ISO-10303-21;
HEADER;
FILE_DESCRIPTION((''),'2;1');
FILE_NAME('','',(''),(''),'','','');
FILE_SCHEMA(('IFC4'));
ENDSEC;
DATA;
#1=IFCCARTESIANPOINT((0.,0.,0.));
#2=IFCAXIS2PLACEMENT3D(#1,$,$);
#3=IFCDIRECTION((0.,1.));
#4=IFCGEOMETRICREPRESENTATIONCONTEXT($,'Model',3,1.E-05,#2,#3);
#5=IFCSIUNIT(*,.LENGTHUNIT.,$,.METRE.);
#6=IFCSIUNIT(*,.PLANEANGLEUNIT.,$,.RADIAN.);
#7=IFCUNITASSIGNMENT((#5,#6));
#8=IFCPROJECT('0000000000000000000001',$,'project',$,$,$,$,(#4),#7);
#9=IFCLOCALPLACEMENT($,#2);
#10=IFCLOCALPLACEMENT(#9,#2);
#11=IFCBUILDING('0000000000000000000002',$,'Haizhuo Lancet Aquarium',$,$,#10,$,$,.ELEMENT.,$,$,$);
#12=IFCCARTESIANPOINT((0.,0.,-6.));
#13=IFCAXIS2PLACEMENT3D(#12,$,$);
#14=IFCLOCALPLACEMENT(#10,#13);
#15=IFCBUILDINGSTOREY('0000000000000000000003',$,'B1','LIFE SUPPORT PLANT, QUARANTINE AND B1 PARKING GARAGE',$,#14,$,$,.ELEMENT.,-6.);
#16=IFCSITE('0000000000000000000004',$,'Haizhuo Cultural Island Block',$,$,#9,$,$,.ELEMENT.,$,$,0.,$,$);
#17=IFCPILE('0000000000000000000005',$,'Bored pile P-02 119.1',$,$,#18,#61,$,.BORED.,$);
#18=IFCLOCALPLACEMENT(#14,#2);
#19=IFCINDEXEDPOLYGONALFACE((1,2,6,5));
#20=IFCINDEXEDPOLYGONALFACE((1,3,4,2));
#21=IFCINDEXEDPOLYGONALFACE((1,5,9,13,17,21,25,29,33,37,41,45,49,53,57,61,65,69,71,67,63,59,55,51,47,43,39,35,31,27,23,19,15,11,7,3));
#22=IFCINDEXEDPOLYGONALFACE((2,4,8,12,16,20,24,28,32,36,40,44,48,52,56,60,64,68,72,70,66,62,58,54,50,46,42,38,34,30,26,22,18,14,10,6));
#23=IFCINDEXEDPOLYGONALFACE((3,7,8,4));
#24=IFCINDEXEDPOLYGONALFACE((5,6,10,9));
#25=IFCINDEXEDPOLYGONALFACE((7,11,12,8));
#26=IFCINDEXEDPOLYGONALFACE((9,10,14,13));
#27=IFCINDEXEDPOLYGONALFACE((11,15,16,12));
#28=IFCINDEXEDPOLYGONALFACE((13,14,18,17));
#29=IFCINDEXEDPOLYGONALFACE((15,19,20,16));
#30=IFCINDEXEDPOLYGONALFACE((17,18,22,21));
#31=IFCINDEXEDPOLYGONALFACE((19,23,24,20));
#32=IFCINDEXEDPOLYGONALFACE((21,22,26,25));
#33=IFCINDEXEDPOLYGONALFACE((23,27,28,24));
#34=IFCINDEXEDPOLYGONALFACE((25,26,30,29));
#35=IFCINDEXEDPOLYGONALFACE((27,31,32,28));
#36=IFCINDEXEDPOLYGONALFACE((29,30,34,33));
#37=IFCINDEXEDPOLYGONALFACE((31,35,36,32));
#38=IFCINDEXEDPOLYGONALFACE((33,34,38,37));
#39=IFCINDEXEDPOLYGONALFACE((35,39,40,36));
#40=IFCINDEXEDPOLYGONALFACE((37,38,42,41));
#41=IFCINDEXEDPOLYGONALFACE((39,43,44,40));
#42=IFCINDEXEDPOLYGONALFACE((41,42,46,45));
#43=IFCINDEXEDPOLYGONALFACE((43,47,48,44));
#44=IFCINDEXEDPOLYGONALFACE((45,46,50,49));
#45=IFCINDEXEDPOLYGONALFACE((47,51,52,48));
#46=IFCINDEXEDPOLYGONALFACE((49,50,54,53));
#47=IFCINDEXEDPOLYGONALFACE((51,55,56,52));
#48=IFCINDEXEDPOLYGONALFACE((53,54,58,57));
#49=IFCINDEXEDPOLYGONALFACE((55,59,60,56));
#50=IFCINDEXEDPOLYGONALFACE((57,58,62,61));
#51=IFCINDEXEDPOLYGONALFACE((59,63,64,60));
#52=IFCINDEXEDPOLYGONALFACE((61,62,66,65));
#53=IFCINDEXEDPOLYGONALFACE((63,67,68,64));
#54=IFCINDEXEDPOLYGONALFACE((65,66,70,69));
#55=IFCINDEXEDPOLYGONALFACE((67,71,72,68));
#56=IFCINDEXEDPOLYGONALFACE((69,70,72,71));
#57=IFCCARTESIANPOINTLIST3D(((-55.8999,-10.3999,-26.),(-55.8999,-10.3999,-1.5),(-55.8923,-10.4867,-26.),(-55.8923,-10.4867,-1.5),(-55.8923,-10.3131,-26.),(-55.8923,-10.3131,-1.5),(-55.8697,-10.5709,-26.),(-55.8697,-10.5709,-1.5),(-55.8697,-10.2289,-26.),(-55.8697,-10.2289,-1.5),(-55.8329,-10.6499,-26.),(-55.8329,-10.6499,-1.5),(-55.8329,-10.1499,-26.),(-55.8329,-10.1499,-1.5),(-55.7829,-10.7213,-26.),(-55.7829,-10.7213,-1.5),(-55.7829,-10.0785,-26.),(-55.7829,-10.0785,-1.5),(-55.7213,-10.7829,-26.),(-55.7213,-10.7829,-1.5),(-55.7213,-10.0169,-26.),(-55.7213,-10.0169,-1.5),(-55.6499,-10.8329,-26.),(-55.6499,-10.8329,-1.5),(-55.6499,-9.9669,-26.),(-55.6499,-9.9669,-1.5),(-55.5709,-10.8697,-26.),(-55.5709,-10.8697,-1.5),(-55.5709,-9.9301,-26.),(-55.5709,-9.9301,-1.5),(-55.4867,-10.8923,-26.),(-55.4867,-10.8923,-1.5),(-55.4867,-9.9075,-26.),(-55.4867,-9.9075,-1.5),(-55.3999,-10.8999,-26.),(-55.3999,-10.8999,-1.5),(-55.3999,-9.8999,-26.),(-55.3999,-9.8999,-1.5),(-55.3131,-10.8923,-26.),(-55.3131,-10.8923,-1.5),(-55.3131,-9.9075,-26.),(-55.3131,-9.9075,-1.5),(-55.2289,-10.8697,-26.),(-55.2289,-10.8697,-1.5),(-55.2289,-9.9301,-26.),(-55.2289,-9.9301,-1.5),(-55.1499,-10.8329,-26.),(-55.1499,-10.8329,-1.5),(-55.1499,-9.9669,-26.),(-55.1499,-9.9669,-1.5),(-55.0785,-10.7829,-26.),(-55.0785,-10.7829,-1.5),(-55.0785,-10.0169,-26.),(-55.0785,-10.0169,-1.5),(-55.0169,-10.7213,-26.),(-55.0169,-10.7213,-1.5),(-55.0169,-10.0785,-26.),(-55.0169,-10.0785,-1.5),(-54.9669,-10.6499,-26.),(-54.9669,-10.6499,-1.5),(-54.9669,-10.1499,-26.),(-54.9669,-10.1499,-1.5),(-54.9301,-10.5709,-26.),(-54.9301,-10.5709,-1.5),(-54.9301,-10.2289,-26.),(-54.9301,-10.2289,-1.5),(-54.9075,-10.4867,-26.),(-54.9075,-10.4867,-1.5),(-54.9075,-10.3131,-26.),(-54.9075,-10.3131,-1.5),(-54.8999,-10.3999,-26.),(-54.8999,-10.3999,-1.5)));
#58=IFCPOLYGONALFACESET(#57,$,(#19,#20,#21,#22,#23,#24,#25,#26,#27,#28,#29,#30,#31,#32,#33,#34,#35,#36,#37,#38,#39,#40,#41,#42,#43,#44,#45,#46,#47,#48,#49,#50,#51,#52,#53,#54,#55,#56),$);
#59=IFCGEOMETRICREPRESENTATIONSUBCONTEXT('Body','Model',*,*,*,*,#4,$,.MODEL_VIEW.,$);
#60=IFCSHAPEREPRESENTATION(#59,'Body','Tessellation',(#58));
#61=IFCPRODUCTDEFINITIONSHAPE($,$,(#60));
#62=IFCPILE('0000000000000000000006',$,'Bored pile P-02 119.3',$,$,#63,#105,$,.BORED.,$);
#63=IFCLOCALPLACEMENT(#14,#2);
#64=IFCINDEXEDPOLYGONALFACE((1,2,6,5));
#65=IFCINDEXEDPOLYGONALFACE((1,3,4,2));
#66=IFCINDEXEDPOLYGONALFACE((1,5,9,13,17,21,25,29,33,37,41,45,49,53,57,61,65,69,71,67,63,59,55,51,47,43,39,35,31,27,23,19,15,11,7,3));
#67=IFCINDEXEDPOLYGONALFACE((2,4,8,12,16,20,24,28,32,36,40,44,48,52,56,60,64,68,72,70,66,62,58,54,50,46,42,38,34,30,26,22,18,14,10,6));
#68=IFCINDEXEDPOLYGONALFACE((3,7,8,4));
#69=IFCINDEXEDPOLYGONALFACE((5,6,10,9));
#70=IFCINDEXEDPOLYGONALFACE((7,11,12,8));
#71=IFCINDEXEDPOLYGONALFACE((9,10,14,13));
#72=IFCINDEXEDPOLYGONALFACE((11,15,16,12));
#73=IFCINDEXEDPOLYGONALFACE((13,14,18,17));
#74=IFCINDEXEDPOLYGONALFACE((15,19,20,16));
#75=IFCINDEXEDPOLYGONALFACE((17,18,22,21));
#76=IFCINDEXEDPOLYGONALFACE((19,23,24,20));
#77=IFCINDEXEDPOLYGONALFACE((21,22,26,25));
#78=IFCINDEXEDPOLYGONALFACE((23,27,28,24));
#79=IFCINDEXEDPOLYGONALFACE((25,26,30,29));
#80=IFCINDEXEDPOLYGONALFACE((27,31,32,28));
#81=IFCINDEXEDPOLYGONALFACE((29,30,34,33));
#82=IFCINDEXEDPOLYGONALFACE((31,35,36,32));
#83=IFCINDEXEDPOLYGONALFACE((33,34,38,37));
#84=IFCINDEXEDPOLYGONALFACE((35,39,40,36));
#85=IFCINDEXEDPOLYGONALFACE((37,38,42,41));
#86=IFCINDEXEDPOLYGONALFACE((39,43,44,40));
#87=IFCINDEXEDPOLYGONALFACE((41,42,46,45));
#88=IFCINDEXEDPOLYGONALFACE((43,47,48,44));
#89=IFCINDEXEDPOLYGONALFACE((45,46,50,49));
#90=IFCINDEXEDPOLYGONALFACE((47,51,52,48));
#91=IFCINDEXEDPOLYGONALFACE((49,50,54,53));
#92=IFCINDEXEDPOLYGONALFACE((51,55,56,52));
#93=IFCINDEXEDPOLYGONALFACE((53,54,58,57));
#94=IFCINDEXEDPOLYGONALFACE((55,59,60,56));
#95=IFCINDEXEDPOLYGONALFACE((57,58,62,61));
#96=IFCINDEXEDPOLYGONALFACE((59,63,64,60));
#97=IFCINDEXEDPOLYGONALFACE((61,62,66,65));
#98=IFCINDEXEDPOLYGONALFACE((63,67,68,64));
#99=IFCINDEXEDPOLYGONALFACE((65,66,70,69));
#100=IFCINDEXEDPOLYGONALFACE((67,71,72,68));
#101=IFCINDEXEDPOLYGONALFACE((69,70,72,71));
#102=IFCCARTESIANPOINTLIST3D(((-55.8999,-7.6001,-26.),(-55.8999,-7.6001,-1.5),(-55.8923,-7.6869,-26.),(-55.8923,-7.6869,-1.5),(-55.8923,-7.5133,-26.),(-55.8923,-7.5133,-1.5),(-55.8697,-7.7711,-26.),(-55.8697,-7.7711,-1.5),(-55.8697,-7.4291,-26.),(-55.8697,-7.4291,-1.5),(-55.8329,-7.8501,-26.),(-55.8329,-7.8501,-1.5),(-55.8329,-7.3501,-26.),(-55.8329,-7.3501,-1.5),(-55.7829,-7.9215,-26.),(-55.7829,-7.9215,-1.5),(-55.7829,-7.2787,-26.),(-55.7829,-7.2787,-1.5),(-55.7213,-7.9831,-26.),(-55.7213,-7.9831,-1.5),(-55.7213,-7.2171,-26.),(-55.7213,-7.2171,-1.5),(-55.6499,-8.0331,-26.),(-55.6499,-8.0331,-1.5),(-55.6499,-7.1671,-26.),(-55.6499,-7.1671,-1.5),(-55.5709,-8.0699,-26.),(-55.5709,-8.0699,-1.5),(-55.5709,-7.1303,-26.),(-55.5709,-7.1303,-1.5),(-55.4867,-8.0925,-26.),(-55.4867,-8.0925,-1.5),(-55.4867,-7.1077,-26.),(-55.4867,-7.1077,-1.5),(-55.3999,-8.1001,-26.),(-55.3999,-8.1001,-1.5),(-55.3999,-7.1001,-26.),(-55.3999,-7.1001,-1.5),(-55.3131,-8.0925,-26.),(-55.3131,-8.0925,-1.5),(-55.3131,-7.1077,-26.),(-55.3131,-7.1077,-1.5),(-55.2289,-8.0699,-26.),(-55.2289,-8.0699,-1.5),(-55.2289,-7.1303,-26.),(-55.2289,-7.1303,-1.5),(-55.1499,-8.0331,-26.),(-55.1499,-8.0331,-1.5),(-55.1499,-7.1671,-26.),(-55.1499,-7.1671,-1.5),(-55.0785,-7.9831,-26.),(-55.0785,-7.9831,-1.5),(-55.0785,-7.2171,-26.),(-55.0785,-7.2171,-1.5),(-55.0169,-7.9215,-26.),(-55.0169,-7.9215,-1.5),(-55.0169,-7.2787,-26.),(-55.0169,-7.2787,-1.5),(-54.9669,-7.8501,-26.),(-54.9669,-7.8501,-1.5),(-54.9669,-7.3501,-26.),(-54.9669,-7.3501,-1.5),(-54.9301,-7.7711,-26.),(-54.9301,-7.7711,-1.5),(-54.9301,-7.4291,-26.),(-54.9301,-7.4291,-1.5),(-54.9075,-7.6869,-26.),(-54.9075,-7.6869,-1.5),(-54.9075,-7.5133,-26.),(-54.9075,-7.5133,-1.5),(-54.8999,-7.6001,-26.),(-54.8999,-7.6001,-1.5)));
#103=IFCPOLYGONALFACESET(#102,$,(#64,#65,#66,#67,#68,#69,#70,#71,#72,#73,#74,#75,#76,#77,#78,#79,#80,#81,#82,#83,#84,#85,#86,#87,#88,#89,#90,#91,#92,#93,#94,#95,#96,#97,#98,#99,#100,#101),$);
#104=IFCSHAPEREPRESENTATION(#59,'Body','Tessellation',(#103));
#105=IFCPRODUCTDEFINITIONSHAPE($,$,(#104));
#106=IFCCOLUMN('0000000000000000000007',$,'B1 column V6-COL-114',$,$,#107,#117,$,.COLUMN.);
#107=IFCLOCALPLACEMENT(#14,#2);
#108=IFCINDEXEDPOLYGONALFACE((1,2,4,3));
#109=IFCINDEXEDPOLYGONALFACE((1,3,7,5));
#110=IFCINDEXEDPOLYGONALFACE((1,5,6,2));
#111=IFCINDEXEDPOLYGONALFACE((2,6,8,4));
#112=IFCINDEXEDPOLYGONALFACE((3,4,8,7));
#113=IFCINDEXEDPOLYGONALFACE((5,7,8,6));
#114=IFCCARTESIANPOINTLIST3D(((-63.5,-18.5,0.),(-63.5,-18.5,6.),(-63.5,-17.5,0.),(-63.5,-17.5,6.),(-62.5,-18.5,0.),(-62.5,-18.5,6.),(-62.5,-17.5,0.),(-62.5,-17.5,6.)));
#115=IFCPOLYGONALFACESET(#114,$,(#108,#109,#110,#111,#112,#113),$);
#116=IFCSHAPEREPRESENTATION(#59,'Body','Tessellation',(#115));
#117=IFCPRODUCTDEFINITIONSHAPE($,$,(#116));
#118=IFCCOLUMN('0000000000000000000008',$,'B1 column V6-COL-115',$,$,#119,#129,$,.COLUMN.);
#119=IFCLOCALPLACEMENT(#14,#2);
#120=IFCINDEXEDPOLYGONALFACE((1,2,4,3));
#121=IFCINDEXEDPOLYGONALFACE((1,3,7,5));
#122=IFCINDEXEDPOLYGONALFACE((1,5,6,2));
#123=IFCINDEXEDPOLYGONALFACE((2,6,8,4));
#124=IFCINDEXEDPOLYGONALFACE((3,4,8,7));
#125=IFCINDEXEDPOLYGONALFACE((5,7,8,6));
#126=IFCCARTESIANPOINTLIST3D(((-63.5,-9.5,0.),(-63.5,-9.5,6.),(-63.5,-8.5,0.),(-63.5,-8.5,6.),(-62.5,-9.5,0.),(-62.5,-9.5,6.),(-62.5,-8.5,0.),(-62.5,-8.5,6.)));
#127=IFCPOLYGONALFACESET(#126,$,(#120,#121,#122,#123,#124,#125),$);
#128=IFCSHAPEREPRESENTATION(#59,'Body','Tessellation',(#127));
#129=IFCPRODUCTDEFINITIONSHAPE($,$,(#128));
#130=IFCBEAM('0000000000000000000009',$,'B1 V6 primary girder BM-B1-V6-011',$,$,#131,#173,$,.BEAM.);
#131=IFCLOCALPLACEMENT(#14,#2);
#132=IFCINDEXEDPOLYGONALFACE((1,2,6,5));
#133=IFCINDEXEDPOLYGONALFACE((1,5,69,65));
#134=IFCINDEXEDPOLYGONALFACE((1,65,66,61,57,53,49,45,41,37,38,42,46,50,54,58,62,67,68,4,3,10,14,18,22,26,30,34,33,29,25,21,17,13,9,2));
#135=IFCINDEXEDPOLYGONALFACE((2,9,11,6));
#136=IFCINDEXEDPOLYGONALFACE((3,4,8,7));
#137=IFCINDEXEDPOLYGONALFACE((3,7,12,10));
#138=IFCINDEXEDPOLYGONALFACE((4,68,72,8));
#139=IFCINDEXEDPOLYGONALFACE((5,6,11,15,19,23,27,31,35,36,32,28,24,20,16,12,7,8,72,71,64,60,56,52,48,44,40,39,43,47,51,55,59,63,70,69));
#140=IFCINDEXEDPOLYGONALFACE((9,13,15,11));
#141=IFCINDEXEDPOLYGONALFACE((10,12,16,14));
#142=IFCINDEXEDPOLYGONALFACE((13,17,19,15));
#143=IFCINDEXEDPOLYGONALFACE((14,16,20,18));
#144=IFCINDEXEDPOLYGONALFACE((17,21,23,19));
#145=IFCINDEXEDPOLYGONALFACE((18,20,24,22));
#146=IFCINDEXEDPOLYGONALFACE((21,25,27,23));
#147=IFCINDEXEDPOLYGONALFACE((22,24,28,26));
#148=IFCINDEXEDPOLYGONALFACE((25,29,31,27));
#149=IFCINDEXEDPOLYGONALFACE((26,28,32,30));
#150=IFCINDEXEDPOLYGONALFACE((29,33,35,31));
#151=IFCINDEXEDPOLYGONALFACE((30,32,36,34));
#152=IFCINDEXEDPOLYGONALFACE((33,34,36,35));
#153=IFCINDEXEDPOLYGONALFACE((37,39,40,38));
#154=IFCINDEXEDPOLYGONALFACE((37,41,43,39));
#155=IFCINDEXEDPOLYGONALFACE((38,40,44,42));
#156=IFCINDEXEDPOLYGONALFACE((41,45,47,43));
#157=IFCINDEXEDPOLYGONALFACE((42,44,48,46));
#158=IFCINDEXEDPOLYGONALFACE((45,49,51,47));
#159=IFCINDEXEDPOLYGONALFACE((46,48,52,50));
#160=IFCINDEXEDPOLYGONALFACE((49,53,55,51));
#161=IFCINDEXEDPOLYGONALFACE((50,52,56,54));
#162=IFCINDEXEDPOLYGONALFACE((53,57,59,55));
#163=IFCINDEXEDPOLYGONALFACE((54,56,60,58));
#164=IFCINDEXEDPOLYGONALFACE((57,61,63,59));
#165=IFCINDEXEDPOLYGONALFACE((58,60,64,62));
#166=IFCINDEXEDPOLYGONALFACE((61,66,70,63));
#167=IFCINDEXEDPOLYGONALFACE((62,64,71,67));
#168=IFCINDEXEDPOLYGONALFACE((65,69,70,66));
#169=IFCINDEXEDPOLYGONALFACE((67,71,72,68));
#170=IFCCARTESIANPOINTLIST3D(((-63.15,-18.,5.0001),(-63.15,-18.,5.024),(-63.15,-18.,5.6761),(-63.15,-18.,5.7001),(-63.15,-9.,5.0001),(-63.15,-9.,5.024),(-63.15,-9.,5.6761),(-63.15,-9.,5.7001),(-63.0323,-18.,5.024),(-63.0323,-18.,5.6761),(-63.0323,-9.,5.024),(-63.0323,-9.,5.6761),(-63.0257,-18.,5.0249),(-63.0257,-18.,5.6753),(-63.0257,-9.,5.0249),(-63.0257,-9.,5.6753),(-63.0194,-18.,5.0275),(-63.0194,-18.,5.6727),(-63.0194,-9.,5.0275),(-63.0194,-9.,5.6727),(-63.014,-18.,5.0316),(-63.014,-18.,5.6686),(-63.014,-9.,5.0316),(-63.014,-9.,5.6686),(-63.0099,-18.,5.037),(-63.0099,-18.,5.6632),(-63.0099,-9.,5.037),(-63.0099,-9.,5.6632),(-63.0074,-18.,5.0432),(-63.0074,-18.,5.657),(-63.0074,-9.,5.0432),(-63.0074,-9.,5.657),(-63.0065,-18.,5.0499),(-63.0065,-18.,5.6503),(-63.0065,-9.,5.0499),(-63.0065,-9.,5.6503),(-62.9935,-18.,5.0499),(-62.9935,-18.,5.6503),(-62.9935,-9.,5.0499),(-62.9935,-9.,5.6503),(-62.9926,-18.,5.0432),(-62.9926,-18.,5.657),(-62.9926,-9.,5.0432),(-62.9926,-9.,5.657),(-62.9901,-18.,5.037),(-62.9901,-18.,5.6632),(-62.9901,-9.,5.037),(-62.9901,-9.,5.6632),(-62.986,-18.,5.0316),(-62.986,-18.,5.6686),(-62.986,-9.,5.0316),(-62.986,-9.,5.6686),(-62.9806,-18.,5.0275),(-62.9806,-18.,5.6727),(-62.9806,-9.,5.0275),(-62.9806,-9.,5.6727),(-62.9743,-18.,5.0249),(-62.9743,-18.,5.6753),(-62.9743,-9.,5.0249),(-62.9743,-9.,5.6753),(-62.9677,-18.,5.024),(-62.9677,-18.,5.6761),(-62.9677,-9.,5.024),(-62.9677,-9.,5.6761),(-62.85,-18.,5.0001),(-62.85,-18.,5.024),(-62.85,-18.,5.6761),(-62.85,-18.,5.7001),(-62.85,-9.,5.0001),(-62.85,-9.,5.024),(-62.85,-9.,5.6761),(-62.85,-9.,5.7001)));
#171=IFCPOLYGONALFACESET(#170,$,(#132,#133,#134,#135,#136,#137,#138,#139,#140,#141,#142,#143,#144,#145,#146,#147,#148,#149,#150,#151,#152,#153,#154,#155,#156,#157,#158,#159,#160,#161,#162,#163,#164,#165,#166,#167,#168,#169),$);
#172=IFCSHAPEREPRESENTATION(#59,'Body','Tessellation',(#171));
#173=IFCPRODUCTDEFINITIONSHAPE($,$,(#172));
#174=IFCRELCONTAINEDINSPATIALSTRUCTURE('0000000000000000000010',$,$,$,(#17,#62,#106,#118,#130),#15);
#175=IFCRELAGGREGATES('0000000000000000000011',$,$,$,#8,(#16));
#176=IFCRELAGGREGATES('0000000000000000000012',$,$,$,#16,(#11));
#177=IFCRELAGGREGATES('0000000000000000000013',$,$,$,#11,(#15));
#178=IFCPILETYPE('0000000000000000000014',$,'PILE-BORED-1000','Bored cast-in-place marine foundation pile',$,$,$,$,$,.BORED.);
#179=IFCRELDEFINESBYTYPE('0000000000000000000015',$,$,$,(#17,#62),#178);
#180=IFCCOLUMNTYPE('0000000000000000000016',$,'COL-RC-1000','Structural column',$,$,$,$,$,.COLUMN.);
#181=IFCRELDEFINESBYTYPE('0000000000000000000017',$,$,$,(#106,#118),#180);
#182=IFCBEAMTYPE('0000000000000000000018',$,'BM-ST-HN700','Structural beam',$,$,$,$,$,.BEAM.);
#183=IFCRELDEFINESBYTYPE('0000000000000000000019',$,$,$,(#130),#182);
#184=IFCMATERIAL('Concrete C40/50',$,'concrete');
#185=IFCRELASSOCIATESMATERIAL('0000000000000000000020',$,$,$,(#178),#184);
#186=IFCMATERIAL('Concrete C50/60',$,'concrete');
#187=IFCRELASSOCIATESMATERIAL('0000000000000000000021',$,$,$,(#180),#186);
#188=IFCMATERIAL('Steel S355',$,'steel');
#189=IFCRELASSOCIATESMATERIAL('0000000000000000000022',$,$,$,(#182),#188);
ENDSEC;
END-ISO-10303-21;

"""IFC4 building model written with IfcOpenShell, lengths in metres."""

from ifc_helpers import new_model, si_unit, direction, frame, origin, origin_2d, place, context, subcontext, project, spatial, rectangle, circle, i_section, extrude, material, material_profile, profile_set, type_object, element, save


model = new_model("IFC4")

# Units and contexts
model_context = context("Model", 3, precision=1e-05, world=origin(), true_north=direction((0.0, 1.0)))
body_context = subcontext(model_context, "Body", "Model", "MODEL_VIEW")
ifc_project = project(units=[si_unit("LENGTHUNIT", "METRE"), si_unit("PLANEANGLEUNIT", "RADIAN")], contexts=[model_context])

# Site, building, storey
site_placement = place(None, origin())
site = spatial("IfcSite", under=ifc_project, at=site_placement, Name="Haizhuo Cultural Island Block", CompositionType="ELEMENT", RefElevation=0.0)
building_placement = place(site_placement, origin())
building = spatial("IfcBuilding", under=site, at=building_placement, Name="Haizhuo Lancet Aquarium", CompositionType="ELEMENT")
storey_placement = place(building_placement, frame((0.0, 0.0, -6.0)))
storey = spatial("IfcBuildingStorey", under=building, at=storey_placement, Name="B1", Description="LIFE SUPPORT PLANT, QUARANTINE AND B1 PARKING GARAGE", CompositionType="ELEMENT", Elevation=-6.0)

# Shared definitions
ifc_material_1 = material(Name="Concrete C40/50", Category="concrete")

# Piles
ifc_material_profile_1 = material_profile(ifc_material_1, circle(Radius=0.5, at=origin_2d()), Name="PILE-1000")
ifc_profile_set_1 = profile_set([ifc_material_profile_1], Name="Concrete C40/50")
pile_type = type_object("IfcPileType", Name="PILE-BORED-1000", Description="Bored cast-in-place marine foundation pile", PredefinedType="BORED", material=ifc_profile_set_1)
for number, where, z_axis, x_axis, name in (
    (1, (-55.3999, -10.3999, -1.5), (0.0, 0.0, -1.0), (1.0, 0.0, 0.0), "Bored pile P-02 119.1"),
    (2, (-55.3999, -7.6001, -1.5), (0.0, 0.0, -1.0), (1.0, 0.0, 0.0), "Bored pile P-02 119.3"),
):
    element("IfcPile", number, at=place(storey_placement, frame(where, z_axis=z_axis, x_axis=x_axis)), inside=storey, type_object=pile_type, Name=name, PredefinedType="BORED", context=body_context, shape_type="SweptSolid", body=[
        extrude(circle(Radius=0.5, at=origin_2d()), origin(), (0.0, 0.0, 1.0), 24.5),
    ])

# Columns
ifc_material_2 = material(Name="Concrete C50/60", Category="concrete")
ifc_material_profile_2 = material_profile(ifc_material_2, rectangle(XDim=1.0, YDim=1.0, at=origin_2d()), Name="RC-COL 1000x1000")
ifc_profile_set_2 = profile_set([ifc_material_profile_2], Name="Concrete C50/60")
column_type = type_object("IfcColumnType", Name="COL-RC-1000", Description="Structural column", PredefinedType="COLUMN", material=ifc_profile_set_2)
for number, where, z_axis, x_axis, name in (
    (3, (-63.0, -18.0, 0.0), (0.0, 0.0, 1.0), (1.0, 0.0, 0.0), "B1 column V6-COL-114"),
    (4, (-63.0, -9.0, 0.0), (0.0, 0.0, 1.0), (1.0, 0.0, 0.0), "B1 column V6-COL-115"),
):
    element("IfcColumn", number, at=place(storey_placement, frame(where, z_axis=z_axis, x_axis=x_axis)), inside=storey, type_object=column_type, Name=name, PredefinedType="COLUMN", context=body_context, shape_type="SweptSolid", body=[
        extrude(rectangle(XDim=1.0, YDim=1.0, at=origin_2d()), origin(), (0.0, 0.0, 1.0), 6.0),
    ])

# Beam
ifc_material_3 = material(Name="Steel S355", Category="steel")
ifc_material_profile_3 = material_profile(ifc_material_3, i_section(OverallWidth=0.3, OverallDepth=0.7, WebThickness=0.0129, FlangeThickness=0.0239, FilletRadius=0.0259, at=origin_2d()), Name="HN 700x300x13x24")
ifc_profile_set_3 = profile_set([ifc_material_profile_3], Name="Steel S355")
beam_type_1 = type_object("IfcBeamType", Name="BM-ST-HN700", Description="Structural beam", PredefinedType="BEAM", material=ifc_profile_set_3)
for number, where, z_axis, x_axis, name in (
    (5, (-63.0, -18.0, 5.3501), (0.0, 1.0, 0.0), (-1.0, 0.0, 0.0), "B1 V6 primary girder BM-B1-V6-011"),
):
    element("IfcBeam", number, at=place(storey_placement, frame(where, z_axis=z_axis, x_axis=x_axis)), inside=storey, type_object=beam_type_1, Name=name, PredefinedType="BEAM", context=body_context, shape_type="SweptSolid", body=[
        extrude(i_section(OverallWidth=0.3, OverallDepth=0.7, WebThickness=0.0129, FlangeThickness=0.0239, FilletRadius=0.0259, at=origin_2d()), origin(), (0.0, 0.0, 1.0), 9.0),
    ])

save(model, "model.ifc")
